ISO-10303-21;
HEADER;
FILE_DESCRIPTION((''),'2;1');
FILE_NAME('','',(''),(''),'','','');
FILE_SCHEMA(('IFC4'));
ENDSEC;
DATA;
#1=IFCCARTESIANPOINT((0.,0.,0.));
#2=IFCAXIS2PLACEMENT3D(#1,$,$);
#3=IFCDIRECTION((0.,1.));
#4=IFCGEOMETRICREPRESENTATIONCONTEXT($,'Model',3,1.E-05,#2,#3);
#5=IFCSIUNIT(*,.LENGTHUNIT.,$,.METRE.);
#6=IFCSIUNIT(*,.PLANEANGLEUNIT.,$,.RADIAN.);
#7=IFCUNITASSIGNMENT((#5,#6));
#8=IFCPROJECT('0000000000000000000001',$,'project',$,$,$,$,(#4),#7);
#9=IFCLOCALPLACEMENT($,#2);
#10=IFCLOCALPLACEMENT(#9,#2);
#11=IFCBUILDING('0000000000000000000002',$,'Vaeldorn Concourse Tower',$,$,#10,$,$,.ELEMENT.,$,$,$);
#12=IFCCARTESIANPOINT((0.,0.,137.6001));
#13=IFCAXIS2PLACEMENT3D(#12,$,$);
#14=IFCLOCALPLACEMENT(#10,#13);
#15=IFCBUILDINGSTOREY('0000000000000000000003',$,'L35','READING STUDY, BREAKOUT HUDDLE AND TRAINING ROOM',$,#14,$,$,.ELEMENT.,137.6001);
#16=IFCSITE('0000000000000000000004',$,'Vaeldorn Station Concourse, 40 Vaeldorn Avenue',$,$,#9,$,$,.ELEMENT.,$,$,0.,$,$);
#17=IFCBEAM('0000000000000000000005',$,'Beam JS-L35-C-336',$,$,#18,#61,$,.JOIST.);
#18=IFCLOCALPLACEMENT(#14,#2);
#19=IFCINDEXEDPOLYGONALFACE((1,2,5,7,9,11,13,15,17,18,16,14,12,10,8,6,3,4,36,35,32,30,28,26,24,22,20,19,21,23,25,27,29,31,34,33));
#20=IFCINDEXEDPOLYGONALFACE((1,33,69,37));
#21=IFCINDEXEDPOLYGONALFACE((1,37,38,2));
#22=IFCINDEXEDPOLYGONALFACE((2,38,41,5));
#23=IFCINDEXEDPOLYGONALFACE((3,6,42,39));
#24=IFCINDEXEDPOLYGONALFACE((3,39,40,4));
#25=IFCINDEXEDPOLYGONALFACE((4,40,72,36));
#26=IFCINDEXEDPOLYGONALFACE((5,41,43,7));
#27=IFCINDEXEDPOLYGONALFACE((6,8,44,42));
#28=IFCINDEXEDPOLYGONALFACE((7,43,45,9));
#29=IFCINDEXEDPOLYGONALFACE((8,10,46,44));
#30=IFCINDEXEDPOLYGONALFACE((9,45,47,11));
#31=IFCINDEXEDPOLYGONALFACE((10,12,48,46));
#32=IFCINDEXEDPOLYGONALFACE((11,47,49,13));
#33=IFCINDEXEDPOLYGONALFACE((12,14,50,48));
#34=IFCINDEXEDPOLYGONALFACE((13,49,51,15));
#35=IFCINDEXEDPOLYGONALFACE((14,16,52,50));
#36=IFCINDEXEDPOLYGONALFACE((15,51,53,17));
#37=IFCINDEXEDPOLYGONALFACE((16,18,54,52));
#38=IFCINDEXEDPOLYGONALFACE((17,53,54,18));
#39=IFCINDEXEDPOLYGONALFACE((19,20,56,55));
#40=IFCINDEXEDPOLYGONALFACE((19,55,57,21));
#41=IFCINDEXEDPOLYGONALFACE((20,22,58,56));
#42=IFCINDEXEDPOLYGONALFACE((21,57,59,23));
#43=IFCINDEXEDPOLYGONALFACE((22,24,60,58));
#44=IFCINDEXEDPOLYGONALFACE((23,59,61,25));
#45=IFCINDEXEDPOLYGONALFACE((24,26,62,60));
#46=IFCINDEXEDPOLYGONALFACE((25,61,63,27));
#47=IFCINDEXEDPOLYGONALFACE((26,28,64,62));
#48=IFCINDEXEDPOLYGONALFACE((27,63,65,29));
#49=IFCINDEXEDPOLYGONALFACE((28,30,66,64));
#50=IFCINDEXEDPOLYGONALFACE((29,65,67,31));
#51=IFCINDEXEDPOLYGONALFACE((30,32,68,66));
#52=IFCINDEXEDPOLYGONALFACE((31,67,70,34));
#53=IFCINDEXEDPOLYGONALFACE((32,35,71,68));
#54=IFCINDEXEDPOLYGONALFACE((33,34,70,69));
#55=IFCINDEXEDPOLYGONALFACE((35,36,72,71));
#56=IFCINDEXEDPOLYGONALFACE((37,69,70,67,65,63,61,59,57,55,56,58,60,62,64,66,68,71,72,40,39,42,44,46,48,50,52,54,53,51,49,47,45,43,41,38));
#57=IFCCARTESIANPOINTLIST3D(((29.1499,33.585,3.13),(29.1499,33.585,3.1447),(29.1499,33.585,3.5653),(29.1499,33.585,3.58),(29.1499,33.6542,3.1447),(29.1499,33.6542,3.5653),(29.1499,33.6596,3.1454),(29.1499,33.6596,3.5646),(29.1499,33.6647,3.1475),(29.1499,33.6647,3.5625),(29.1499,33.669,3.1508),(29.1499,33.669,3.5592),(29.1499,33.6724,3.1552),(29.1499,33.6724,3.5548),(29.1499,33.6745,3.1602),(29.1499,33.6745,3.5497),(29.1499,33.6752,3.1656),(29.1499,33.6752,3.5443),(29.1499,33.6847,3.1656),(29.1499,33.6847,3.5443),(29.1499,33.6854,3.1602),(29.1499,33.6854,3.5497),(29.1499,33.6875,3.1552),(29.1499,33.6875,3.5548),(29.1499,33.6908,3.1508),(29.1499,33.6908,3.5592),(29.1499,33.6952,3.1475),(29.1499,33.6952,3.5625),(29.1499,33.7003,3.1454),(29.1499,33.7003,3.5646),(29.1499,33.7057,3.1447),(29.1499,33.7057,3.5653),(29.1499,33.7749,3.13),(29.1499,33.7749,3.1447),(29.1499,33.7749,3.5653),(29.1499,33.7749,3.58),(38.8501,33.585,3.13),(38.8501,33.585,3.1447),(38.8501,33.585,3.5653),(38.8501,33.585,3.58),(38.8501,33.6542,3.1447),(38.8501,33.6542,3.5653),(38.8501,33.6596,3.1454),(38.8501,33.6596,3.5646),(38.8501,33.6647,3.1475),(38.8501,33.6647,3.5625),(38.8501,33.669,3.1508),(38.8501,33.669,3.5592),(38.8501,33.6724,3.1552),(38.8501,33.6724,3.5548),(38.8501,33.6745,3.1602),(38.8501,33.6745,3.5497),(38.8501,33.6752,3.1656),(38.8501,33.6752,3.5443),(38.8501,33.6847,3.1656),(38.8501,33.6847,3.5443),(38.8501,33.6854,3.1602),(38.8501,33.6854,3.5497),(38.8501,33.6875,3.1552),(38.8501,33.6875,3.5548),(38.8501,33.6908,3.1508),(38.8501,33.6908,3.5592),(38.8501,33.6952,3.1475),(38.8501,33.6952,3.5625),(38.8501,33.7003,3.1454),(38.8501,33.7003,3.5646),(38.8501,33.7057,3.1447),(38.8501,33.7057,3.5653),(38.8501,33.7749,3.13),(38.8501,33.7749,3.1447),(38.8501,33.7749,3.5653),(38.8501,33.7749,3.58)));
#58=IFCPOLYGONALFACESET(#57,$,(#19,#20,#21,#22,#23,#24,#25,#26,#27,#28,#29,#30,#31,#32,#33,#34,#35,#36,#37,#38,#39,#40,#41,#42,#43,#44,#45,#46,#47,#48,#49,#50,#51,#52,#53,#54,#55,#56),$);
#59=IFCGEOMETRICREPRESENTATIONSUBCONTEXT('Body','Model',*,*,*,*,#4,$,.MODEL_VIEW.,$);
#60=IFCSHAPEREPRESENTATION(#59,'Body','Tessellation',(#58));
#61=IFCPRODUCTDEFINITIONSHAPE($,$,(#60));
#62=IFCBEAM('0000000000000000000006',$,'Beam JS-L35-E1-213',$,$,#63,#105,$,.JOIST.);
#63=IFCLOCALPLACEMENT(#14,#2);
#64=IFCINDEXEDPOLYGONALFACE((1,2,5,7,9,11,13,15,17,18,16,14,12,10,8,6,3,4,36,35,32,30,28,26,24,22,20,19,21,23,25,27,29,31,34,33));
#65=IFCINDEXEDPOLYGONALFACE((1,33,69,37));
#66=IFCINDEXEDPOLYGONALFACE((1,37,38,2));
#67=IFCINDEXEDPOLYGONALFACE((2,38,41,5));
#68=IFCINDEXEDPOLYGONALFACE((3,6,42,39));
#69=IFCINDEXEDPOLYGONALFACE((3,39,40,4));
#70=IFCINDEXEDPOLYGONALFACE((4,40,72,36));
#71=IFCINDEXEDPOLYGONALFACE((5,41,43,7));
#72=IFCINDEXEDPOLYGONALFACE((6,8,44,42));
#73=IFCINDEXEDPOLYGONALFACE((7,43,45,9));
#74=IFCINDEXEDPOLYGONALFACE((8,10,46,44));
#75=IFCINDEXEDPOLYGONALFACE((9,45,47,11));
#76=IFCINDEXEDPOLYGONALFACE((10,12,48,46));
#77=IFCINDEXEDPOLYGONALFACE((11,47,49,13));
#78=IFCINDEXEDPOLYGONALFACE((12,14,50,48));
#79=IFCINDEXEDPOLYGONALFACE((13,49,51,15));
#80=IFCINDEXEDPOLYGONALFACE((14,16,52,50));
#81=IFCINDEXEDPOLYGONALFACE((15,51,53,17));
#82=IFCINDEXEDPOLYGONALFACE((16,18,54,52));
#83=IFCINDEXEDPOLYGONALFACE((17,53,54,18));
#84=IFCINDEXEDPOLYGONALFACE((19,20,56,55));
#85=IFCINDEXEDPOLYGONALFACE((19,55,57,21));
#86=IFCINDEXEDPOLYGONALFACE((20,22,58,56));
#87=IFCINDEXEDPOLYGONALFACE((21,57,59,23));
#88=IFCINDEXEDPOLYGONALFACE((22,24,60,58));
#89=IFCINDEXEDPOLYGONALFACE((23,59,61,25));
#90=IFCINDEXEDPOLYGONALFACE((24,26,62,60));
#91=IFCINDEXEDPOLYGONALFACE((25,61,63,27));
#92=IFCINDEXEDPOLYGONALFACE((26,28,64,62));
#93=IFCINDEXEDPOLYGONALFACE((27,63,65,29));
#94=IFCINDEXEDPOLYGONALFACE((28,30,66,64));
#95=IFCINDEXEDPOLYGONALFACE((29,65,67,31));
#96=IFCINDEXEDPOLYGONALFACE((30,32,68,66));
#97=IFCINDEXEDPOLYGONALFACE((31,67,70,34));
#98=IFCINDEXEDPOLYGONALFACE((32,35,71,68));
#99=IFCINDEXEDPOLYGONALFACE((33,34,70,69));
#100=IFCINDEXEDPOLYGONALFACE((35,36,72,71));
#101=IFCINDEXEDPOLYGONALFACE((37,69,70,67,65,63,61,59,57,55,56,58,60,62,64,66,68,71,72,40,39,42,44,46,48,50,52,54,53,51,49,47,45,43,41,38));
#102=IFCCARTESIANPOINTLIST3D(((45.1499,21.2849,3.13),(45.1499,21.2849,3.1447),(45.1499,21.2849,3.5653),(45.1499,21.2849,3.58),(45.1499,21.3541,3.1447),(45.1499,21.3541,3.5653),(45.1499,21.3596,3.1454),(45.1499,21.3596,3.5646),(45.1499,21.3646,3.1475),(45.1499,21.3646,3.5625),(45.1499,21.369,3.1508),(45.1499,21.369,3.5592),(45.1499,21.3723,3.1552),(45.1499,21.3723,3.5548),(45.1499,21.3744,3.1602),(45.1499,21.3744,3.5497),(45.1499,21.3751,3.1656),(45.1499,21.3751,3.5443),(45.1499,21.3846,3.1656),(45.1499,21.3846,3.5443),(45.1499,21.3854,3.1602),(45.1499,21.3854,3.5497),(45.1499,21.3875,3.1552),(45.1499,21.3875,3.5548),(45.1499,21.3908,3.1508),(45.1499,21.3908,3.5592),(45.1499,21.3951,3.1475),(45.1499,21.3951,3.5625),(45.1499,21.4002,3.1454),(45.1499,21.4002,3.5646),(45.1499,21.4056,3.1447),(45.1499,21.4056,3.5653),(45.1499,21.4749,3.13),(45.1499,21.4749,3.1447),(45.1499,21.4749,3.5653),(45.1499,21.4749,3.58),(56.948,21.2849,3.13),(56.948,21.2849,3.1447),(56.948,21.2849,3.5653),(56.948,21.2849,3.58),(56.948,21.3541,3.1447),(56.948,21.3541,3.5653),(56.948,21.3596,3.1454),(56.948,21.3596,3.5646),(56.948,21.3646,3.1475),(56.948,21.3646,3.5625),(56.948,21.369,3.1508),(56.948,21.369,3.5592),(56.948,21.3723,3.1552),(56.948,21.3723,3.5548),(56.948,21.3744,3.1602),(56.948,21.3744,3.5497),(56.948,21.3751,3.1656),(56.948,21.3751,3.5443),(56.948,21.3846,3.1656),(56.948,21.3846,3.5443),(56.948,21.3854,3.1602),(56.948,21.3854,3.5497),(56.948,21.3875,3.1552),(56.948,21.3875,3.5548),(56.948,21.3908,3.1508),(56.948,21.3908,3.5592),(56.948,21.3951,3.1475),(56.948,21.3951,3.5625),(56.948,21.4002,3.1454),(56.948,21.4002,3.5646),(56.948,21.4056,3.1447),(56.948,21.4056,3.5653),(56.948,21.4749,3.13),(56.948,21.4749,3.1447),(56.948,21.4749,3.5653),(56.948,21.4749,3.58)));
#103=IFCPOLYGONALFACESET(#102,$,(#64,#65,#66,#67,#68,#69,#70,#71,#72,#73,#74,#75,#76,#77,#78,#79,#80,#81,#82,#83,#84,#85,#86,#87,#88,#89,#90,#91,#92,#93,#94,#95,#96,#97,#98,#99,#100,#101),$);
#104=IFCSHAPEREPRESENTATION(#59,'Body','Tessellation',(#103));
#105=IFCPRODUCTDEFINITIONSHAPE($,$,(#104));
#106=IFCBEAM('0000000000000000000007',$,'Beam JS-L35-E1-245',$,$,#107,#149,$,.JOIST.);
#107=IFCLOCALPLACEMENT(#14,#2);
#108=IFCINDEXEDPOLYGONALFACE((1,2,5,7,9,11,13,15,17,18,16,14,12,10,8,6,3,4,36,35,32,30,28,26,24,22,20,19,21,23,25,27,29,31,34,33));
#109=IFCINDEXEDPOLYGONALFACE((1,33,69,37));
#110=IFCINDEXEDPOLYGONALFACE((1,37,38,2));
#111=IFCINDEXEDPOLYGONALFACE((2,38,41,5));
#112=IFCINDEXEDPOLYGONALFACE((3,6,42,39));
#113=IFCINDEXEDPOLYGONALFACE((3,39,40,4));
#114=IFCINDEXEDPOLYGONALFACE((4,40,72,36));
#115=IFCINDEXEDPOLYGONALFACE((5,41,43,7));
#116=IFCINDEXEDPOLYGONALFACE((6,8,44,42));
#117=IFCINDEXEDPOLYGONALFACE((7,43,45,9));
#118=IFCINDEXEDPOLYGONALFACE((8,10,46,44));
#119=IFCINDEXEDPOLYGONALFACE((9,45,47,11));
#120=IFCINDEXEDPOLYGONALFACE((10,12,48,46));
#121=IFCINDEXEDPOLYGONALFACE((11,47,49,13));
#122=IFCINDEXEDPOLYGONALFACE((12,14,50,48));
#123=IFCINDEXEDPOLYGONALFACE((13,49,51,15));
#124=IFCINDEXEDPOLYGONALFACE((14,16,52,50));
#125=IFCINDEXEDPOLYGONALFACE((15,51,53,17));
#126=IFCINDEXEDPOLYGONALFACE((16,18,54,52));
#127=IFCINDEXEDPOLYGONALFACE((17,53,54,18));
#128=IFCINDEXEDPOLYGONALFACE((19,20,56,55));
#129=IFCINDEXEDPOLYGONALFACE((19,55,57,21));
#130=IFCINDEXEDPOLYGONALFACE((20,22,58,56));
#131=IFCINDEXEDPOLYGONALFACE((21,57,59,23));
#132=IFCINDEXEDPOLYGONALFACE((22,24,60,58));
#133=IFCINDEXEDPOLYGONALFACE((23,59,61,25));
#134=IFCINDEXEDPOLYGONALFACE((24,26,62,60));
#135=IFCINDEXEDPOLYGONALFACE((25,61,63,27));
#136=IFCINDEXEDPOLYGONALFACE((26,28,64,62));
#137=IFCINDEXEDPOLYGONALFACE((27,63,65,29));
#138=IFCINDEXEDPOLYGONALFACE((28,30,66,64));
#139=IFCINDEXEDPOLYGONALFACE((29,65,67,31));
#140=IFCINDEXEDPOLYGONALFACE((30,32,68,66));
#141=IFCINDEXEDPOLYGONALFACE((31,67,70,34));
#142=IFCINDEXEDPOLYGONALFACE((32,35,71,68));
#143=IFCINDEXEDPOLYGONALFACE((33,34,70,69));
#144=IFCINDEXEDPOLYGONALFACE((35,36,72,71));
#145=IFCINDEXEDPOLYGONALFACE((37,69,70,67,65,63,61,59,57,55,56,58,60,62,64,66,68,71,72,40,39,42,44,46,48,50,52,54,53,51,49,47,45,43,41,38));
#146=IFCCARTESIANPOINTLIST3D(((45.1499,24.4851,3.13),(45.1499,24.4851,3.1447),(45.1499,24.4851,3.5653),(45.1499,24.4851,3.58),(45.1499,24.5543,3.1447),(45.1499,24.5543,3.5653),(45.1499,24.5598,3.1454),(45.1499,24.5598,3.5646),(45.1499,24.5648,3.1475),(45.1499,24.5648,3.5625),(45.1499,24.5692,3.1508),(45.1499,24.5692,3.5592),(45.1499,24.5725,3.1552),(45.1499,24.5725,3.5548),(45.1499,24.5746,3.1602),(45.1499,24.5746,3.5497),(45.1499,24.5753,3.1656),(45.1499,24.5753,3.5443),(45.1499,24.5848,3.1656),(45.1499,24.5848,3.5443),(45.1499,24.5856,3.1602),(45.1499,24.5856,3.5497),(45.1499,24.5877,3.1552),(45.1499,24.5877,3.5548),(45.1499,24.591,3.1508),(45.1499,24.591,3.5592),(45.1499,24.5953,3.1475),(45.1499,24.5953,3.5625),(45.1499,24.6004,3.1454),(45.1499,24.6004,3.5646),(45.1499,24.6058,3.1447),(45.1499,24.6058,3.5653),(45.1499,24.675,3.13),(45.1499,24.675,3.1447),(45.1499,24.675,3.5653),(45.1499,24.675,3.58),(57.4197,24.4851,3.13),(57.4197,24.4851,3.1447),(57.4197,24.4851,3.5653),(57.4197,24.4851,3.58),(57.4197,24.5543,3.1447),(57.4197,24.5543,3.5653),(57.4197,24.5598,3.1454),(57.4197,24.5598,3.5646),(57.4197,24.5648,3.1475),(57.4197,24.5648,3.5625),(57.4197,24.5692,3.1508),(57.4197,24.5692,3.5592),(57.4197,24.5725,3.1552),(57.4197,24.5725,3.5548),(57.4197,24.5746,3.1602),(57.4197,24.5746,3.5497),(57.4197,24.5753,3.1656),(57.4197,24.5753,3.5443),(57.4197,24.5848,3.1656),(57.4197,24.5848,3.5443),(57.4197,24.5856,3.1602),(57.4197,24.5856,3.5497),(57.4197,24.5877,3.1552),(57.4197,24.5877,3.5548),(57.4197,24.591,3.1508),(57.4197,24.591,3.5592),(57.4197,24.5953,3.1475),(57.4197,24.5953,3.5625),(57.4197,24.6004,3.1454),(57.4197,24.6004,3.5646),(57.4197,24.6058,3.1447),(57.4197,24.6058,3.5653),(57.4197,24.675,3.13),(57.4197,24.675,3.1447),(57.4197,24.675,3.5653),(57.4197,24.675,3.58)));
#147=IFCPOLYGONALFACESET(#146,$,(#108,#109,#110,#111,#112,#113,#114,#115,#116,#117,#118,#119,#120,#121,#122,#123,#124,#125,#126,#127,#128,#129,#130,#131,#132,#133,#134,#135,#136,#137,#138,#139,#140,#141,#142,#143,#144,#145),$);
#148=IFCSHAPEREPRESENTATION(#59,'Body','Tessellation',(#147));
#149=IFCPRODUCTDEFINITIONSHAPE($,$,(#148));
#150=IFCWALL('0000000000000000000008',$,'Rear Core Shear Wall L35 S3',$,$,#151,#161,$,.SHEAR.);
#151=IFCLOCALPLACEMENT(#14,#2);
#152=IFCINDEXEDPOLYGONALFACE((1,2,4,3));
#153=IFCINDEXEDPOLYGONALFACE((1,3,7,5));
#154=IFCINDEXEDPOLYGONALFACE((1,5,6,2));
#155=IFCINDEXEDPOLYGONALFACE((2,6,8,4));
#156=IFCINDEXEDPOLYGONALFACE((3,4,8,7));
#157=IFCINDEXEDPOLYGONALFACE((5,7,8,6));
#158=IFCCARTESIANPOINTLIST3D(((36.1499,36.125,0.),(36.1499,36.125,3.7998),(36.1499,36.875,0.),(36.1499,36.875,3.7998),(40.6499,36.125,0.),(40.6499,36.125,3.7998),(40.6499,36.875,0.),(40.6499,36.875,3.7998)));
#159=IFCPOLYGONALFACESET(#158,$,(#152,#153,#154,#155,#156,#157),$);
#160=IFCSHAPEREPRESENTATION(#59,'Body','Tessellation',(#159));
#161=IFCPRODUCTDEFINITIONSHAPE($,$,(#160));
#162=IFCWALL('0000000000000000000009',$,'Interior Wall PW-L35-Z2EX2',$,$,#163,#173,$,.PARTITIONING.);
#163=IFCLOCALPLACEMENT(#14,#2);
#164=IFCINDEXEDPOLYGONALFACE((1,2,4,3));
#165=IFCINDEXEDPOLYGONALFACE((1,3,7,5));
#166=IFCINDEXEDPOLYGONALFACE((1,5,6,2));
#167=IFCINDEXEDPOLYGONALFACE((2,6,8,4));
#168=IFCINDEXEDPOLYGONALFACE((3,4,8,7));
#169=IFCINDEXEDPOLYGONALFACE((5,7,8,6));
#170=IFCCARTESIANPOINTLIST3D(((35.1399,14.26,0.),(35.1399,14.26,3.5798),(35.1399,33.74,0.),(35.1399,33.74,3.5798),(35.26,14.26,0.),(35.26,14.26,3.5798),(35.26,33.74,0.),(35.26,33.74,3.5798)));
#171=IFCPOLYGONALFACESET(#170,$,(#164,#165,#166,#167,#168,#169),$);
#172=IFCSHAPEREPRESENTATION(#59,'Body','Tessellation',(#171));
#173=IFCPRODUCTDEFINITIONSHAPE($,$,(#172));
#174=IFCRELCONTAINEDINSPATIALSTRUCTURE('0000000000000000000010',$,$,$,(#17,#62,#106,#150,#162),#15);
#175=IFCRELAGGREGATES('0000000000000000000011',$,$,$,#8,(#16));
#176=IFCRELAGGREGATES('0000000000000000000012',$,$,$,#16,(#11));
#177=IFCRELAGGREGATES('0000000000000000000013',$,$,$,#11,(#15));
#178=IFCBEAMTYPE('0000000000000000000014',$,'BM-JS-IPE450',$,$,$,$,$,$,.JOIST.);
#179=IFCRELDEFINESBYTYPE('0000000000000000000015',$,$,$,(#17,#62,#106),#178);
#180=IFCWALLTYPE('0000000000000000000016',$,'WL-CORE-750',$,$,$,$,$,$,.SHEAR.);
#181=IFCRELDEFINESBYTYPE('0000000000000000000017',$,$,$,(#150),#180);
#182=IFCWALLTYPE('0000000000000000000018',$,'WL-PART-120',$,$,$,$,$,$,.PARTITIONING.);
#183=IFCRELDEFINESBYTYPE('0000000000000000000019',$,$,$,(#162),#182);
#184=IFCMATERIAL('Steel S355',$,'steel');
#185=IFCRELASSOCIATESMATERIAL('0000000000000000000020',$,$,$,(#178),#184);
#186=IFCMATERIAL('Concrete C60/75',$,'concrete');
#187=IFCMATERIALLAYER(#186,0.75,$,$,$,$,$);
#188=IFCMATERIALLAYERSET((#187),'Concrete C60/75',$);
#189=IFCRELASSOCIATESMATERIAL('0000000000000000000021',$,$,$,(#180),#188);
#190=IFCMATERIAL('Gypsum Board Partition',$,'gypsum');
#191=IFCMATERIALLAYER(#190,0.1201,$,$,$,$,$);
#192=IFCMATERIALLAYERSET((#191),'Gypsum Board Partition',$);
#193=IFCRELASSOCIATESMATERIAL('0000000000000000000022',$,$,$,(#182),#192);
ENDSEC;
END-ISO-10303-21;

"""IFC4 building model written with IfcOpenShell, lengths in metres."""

from ifc_helpers import new_model, si_unit, direction, frame, frame_2d, origin, origin_2d, place, context, subcontext, project, spatial, rectangle, i_section, extrude, source, transform, mapped, material, layer, layer_set, material_profile, profile_set, type_object, element, save


model = new_model("IFC4")

# Units and contexts
model_context = context("Model", 3, precision=1e-05, world=origin(), true_north=direction((0.0, 1.0)))
body_context = subcontext(model_context, "Body", "Model", "MODEL_VIEW")
ifc_project = project(units=[si_unit("LENGTHUNIT", "METRE"), si_unit("PLANEANGLEUNIT", "RADIAN")], contexts=[model_context])

# Site, building, storey
site_placement = place(None, origin())
site = spatial("IfcSite", under=ifc_project, at=site_placement, Name="Vaeldorn Station Concourse, 40 Vaeldorn Avenue", CompositionType="ELEMENT", RefElevation=0.0)
building_placement = place(site_placement, origin())
building = spatial("IfcBuilding", under=site, at=building_placement, Name="Vaeldorn Concourse Tower", CompositionType="ELEMENT")
storey_placement = place(building_placement, frame((0.0, 0.0, 137.6001)))
storey = spatial("IfcBuildingStorey", under=building, at=storey_placement, Name="L35", Description="READING STUDY, BREAKOUT HUDDLE AND TRAINING ROOM", CompositionType="ELEMENT", Elevation=137.6001)

# Beams
ifc_material_1 = material(Name="Concrete C60/75", Category="concrete")
ifc_material_2 = material(Name="Steel S355", Category="steel")
ifc_material_profile_1 = material_profile(ifc_material_2, i_section(OverallWidth=0.1899, OverallDepth=0.45, WebThickness=0.0095, FlangeThickness=0.0146, FilletRadius=0.021, at=origin_2d()), Name="IPE 450")
ifc_profile_set_1 = profile_set([ifc_material_profile_1], Name="Steel S355")
beam_type_1 = type_object("IfcBeamType", Name="BM-JS-IPE450", PredefinedType="JOIST", material=ifc_profile_set_1)
shared_shape_1 = source(origin(), body_context, "Body", "SweptSolid", [
    extrude(i_section(OverallWidth=0.1899, OverallDepth=0.45, WebThickness=0.0095, FlangeThickness=0.0146, FilletRadius=0.021, at=origin_2d()), origin(), (0.0, 0.0, 1.0), 9.7002),
])
for number, where, z_axis, x_axis, name in (
    (1, (29.1499, 33.6799, 3.355), (1.0, 0.0, 0.0), (0.0, 1.0, 0.0), "Beam JS-L35-C-336"),
):
    element("IfcBeam", number, at=place(storey_placement, frame(where, z_axis=z_axis, x_axis=x_axis)), inside=storey, type_object=beam_type_1, Name=name, PredefinedType="JOIST", context=body_context, shape_type="MappedRepresentation", body=[
        mapped(shared_shape_1, transform((0.0, 0.0, 0.0), scale=1.0)),
    ])
shared_shape_2 = source(origin(), body_context, "Body", "SweptSolid", [
    extrude(i_section(OverallWidth=0.1899, OverallDepth=0.45, WebThickness=0.0095, FlangeThickness=0.0146, FilletRadius=0.021, at=origin_2d()), origin(), (0.0, 0.0, 1.0), 11.7981),
])
beam_1_placement = place(storey_placement, frame((45.1499, 21.3799, 3.355), z_axis=(1.0, 0.0, 0.0), x_axis=(0.0, 1.0, 0.0)))
element("IfcBeam", 2, at=beam_1_placement, inside=storey, type_object=beam_type_1, Name="Beam JS-L35-E1-213", PredefinedType="JOIST", context=body_context, shape_type="MappedRepresentation", body=[
    mapped(shared_shape_2, transform((0.0, 0.0, 0.0), scale=1.0)),
])
shared_shape_3 = source(origin(), body_context, "Body", "SweptSolid", [
    extrude(i_section(OverallWidth=0.1899, OverallDepth=0.45, WebThickness=0.0095, FlangeThickness=0.0146, FilletRadius=0.021, at=origin_2d()), origin(), (0.0, 0.0, 1.0), 12.2698),
])
beam_2_placement = place(storey_placement, frame((45.1499, 24.5801, 3.355), z_axis=(1.0, 0.0, 0.0), x_axis=(0.0, 1.0, 0.0)))
element("IfcBeam", 3, at=beam_2_placement, inside=storey, type_object=beam_type_1, Name="Beam JS-L35-E1-245", PredefinedType="JOIST", context=body_context, shape_type="MappedRepresentation", body=[
    mapped(shared_shape_3, transform((0.0, 0.0, 0.0), scale=1.0)),
])

# Walls
ifc_layer_1 = layer(ifc_material_1, 0.75)
ifc_layer_set_1 = layer_set([ifc_layer_1], Name="Concrete C60/75")
wall_type_1 = type_object("IfcWallType", Name="WL-CORE-750", PredefinedType="SHEAR", material=ifc_layer_set_1)
wall_1_placement = place(storey_placement, frame((36.1499, 36.5, 0.0), z_axis=(0.0, 0.0, 1.0), x_axis=(1.0, 0.0, 0.0)))
element("IfcWall", 4, at=wall_1_placement, inside=storey, type_object=wall_type_1, Name="Rear Core Shear Wall L35 S3", PredefinedType="SHEAR", context=body_context, shape_type="SweptSolid", body=[
    extrude(rectangle(XDim=4.5, YDim=0.75, at=frame_2d((2.25, 0.0))), origin(), (0.0, 0.0, 1.0), 3.7998),
])
ifc_material_3 = material(Name="Gypsum Board Partition", Category="gypsum")
ifc_layer_2 = layer(ifc_material_3, 0.1201)
ifc_layer_set_2 = layer_set([ifc_layer_2], Name="Gypsum Board Partition")
wall_type_2 = type_object("IfcWallType", Name="WL-PART-120", PredefinedType="PARTITIONING", material=ifc_layer_set_2)
wall_2_placement = place(storey_placement, frame((35.2, 14.26, 0.0), z_axis=(0.0, 0.0, 1.0), x_axis=(0.0, 1.0, 0.0)))
element("IfcWall", 5, at=wall_2_placement, inside=storey, type_object=wall_type_2, Name="Interior Wall PW-L35-Z2EX2", PredefinedType="PARTITIONING", context=body_context, shape_type="SweptSolid", body=[
    extrude(rectangle(XDim=19.48, YDim=0.1201, at=frame_2d((9.74, 0.0))), origin(), (0.0, 0.0, 1.0), 3.5798),
])

save(model, "model.ifc")
